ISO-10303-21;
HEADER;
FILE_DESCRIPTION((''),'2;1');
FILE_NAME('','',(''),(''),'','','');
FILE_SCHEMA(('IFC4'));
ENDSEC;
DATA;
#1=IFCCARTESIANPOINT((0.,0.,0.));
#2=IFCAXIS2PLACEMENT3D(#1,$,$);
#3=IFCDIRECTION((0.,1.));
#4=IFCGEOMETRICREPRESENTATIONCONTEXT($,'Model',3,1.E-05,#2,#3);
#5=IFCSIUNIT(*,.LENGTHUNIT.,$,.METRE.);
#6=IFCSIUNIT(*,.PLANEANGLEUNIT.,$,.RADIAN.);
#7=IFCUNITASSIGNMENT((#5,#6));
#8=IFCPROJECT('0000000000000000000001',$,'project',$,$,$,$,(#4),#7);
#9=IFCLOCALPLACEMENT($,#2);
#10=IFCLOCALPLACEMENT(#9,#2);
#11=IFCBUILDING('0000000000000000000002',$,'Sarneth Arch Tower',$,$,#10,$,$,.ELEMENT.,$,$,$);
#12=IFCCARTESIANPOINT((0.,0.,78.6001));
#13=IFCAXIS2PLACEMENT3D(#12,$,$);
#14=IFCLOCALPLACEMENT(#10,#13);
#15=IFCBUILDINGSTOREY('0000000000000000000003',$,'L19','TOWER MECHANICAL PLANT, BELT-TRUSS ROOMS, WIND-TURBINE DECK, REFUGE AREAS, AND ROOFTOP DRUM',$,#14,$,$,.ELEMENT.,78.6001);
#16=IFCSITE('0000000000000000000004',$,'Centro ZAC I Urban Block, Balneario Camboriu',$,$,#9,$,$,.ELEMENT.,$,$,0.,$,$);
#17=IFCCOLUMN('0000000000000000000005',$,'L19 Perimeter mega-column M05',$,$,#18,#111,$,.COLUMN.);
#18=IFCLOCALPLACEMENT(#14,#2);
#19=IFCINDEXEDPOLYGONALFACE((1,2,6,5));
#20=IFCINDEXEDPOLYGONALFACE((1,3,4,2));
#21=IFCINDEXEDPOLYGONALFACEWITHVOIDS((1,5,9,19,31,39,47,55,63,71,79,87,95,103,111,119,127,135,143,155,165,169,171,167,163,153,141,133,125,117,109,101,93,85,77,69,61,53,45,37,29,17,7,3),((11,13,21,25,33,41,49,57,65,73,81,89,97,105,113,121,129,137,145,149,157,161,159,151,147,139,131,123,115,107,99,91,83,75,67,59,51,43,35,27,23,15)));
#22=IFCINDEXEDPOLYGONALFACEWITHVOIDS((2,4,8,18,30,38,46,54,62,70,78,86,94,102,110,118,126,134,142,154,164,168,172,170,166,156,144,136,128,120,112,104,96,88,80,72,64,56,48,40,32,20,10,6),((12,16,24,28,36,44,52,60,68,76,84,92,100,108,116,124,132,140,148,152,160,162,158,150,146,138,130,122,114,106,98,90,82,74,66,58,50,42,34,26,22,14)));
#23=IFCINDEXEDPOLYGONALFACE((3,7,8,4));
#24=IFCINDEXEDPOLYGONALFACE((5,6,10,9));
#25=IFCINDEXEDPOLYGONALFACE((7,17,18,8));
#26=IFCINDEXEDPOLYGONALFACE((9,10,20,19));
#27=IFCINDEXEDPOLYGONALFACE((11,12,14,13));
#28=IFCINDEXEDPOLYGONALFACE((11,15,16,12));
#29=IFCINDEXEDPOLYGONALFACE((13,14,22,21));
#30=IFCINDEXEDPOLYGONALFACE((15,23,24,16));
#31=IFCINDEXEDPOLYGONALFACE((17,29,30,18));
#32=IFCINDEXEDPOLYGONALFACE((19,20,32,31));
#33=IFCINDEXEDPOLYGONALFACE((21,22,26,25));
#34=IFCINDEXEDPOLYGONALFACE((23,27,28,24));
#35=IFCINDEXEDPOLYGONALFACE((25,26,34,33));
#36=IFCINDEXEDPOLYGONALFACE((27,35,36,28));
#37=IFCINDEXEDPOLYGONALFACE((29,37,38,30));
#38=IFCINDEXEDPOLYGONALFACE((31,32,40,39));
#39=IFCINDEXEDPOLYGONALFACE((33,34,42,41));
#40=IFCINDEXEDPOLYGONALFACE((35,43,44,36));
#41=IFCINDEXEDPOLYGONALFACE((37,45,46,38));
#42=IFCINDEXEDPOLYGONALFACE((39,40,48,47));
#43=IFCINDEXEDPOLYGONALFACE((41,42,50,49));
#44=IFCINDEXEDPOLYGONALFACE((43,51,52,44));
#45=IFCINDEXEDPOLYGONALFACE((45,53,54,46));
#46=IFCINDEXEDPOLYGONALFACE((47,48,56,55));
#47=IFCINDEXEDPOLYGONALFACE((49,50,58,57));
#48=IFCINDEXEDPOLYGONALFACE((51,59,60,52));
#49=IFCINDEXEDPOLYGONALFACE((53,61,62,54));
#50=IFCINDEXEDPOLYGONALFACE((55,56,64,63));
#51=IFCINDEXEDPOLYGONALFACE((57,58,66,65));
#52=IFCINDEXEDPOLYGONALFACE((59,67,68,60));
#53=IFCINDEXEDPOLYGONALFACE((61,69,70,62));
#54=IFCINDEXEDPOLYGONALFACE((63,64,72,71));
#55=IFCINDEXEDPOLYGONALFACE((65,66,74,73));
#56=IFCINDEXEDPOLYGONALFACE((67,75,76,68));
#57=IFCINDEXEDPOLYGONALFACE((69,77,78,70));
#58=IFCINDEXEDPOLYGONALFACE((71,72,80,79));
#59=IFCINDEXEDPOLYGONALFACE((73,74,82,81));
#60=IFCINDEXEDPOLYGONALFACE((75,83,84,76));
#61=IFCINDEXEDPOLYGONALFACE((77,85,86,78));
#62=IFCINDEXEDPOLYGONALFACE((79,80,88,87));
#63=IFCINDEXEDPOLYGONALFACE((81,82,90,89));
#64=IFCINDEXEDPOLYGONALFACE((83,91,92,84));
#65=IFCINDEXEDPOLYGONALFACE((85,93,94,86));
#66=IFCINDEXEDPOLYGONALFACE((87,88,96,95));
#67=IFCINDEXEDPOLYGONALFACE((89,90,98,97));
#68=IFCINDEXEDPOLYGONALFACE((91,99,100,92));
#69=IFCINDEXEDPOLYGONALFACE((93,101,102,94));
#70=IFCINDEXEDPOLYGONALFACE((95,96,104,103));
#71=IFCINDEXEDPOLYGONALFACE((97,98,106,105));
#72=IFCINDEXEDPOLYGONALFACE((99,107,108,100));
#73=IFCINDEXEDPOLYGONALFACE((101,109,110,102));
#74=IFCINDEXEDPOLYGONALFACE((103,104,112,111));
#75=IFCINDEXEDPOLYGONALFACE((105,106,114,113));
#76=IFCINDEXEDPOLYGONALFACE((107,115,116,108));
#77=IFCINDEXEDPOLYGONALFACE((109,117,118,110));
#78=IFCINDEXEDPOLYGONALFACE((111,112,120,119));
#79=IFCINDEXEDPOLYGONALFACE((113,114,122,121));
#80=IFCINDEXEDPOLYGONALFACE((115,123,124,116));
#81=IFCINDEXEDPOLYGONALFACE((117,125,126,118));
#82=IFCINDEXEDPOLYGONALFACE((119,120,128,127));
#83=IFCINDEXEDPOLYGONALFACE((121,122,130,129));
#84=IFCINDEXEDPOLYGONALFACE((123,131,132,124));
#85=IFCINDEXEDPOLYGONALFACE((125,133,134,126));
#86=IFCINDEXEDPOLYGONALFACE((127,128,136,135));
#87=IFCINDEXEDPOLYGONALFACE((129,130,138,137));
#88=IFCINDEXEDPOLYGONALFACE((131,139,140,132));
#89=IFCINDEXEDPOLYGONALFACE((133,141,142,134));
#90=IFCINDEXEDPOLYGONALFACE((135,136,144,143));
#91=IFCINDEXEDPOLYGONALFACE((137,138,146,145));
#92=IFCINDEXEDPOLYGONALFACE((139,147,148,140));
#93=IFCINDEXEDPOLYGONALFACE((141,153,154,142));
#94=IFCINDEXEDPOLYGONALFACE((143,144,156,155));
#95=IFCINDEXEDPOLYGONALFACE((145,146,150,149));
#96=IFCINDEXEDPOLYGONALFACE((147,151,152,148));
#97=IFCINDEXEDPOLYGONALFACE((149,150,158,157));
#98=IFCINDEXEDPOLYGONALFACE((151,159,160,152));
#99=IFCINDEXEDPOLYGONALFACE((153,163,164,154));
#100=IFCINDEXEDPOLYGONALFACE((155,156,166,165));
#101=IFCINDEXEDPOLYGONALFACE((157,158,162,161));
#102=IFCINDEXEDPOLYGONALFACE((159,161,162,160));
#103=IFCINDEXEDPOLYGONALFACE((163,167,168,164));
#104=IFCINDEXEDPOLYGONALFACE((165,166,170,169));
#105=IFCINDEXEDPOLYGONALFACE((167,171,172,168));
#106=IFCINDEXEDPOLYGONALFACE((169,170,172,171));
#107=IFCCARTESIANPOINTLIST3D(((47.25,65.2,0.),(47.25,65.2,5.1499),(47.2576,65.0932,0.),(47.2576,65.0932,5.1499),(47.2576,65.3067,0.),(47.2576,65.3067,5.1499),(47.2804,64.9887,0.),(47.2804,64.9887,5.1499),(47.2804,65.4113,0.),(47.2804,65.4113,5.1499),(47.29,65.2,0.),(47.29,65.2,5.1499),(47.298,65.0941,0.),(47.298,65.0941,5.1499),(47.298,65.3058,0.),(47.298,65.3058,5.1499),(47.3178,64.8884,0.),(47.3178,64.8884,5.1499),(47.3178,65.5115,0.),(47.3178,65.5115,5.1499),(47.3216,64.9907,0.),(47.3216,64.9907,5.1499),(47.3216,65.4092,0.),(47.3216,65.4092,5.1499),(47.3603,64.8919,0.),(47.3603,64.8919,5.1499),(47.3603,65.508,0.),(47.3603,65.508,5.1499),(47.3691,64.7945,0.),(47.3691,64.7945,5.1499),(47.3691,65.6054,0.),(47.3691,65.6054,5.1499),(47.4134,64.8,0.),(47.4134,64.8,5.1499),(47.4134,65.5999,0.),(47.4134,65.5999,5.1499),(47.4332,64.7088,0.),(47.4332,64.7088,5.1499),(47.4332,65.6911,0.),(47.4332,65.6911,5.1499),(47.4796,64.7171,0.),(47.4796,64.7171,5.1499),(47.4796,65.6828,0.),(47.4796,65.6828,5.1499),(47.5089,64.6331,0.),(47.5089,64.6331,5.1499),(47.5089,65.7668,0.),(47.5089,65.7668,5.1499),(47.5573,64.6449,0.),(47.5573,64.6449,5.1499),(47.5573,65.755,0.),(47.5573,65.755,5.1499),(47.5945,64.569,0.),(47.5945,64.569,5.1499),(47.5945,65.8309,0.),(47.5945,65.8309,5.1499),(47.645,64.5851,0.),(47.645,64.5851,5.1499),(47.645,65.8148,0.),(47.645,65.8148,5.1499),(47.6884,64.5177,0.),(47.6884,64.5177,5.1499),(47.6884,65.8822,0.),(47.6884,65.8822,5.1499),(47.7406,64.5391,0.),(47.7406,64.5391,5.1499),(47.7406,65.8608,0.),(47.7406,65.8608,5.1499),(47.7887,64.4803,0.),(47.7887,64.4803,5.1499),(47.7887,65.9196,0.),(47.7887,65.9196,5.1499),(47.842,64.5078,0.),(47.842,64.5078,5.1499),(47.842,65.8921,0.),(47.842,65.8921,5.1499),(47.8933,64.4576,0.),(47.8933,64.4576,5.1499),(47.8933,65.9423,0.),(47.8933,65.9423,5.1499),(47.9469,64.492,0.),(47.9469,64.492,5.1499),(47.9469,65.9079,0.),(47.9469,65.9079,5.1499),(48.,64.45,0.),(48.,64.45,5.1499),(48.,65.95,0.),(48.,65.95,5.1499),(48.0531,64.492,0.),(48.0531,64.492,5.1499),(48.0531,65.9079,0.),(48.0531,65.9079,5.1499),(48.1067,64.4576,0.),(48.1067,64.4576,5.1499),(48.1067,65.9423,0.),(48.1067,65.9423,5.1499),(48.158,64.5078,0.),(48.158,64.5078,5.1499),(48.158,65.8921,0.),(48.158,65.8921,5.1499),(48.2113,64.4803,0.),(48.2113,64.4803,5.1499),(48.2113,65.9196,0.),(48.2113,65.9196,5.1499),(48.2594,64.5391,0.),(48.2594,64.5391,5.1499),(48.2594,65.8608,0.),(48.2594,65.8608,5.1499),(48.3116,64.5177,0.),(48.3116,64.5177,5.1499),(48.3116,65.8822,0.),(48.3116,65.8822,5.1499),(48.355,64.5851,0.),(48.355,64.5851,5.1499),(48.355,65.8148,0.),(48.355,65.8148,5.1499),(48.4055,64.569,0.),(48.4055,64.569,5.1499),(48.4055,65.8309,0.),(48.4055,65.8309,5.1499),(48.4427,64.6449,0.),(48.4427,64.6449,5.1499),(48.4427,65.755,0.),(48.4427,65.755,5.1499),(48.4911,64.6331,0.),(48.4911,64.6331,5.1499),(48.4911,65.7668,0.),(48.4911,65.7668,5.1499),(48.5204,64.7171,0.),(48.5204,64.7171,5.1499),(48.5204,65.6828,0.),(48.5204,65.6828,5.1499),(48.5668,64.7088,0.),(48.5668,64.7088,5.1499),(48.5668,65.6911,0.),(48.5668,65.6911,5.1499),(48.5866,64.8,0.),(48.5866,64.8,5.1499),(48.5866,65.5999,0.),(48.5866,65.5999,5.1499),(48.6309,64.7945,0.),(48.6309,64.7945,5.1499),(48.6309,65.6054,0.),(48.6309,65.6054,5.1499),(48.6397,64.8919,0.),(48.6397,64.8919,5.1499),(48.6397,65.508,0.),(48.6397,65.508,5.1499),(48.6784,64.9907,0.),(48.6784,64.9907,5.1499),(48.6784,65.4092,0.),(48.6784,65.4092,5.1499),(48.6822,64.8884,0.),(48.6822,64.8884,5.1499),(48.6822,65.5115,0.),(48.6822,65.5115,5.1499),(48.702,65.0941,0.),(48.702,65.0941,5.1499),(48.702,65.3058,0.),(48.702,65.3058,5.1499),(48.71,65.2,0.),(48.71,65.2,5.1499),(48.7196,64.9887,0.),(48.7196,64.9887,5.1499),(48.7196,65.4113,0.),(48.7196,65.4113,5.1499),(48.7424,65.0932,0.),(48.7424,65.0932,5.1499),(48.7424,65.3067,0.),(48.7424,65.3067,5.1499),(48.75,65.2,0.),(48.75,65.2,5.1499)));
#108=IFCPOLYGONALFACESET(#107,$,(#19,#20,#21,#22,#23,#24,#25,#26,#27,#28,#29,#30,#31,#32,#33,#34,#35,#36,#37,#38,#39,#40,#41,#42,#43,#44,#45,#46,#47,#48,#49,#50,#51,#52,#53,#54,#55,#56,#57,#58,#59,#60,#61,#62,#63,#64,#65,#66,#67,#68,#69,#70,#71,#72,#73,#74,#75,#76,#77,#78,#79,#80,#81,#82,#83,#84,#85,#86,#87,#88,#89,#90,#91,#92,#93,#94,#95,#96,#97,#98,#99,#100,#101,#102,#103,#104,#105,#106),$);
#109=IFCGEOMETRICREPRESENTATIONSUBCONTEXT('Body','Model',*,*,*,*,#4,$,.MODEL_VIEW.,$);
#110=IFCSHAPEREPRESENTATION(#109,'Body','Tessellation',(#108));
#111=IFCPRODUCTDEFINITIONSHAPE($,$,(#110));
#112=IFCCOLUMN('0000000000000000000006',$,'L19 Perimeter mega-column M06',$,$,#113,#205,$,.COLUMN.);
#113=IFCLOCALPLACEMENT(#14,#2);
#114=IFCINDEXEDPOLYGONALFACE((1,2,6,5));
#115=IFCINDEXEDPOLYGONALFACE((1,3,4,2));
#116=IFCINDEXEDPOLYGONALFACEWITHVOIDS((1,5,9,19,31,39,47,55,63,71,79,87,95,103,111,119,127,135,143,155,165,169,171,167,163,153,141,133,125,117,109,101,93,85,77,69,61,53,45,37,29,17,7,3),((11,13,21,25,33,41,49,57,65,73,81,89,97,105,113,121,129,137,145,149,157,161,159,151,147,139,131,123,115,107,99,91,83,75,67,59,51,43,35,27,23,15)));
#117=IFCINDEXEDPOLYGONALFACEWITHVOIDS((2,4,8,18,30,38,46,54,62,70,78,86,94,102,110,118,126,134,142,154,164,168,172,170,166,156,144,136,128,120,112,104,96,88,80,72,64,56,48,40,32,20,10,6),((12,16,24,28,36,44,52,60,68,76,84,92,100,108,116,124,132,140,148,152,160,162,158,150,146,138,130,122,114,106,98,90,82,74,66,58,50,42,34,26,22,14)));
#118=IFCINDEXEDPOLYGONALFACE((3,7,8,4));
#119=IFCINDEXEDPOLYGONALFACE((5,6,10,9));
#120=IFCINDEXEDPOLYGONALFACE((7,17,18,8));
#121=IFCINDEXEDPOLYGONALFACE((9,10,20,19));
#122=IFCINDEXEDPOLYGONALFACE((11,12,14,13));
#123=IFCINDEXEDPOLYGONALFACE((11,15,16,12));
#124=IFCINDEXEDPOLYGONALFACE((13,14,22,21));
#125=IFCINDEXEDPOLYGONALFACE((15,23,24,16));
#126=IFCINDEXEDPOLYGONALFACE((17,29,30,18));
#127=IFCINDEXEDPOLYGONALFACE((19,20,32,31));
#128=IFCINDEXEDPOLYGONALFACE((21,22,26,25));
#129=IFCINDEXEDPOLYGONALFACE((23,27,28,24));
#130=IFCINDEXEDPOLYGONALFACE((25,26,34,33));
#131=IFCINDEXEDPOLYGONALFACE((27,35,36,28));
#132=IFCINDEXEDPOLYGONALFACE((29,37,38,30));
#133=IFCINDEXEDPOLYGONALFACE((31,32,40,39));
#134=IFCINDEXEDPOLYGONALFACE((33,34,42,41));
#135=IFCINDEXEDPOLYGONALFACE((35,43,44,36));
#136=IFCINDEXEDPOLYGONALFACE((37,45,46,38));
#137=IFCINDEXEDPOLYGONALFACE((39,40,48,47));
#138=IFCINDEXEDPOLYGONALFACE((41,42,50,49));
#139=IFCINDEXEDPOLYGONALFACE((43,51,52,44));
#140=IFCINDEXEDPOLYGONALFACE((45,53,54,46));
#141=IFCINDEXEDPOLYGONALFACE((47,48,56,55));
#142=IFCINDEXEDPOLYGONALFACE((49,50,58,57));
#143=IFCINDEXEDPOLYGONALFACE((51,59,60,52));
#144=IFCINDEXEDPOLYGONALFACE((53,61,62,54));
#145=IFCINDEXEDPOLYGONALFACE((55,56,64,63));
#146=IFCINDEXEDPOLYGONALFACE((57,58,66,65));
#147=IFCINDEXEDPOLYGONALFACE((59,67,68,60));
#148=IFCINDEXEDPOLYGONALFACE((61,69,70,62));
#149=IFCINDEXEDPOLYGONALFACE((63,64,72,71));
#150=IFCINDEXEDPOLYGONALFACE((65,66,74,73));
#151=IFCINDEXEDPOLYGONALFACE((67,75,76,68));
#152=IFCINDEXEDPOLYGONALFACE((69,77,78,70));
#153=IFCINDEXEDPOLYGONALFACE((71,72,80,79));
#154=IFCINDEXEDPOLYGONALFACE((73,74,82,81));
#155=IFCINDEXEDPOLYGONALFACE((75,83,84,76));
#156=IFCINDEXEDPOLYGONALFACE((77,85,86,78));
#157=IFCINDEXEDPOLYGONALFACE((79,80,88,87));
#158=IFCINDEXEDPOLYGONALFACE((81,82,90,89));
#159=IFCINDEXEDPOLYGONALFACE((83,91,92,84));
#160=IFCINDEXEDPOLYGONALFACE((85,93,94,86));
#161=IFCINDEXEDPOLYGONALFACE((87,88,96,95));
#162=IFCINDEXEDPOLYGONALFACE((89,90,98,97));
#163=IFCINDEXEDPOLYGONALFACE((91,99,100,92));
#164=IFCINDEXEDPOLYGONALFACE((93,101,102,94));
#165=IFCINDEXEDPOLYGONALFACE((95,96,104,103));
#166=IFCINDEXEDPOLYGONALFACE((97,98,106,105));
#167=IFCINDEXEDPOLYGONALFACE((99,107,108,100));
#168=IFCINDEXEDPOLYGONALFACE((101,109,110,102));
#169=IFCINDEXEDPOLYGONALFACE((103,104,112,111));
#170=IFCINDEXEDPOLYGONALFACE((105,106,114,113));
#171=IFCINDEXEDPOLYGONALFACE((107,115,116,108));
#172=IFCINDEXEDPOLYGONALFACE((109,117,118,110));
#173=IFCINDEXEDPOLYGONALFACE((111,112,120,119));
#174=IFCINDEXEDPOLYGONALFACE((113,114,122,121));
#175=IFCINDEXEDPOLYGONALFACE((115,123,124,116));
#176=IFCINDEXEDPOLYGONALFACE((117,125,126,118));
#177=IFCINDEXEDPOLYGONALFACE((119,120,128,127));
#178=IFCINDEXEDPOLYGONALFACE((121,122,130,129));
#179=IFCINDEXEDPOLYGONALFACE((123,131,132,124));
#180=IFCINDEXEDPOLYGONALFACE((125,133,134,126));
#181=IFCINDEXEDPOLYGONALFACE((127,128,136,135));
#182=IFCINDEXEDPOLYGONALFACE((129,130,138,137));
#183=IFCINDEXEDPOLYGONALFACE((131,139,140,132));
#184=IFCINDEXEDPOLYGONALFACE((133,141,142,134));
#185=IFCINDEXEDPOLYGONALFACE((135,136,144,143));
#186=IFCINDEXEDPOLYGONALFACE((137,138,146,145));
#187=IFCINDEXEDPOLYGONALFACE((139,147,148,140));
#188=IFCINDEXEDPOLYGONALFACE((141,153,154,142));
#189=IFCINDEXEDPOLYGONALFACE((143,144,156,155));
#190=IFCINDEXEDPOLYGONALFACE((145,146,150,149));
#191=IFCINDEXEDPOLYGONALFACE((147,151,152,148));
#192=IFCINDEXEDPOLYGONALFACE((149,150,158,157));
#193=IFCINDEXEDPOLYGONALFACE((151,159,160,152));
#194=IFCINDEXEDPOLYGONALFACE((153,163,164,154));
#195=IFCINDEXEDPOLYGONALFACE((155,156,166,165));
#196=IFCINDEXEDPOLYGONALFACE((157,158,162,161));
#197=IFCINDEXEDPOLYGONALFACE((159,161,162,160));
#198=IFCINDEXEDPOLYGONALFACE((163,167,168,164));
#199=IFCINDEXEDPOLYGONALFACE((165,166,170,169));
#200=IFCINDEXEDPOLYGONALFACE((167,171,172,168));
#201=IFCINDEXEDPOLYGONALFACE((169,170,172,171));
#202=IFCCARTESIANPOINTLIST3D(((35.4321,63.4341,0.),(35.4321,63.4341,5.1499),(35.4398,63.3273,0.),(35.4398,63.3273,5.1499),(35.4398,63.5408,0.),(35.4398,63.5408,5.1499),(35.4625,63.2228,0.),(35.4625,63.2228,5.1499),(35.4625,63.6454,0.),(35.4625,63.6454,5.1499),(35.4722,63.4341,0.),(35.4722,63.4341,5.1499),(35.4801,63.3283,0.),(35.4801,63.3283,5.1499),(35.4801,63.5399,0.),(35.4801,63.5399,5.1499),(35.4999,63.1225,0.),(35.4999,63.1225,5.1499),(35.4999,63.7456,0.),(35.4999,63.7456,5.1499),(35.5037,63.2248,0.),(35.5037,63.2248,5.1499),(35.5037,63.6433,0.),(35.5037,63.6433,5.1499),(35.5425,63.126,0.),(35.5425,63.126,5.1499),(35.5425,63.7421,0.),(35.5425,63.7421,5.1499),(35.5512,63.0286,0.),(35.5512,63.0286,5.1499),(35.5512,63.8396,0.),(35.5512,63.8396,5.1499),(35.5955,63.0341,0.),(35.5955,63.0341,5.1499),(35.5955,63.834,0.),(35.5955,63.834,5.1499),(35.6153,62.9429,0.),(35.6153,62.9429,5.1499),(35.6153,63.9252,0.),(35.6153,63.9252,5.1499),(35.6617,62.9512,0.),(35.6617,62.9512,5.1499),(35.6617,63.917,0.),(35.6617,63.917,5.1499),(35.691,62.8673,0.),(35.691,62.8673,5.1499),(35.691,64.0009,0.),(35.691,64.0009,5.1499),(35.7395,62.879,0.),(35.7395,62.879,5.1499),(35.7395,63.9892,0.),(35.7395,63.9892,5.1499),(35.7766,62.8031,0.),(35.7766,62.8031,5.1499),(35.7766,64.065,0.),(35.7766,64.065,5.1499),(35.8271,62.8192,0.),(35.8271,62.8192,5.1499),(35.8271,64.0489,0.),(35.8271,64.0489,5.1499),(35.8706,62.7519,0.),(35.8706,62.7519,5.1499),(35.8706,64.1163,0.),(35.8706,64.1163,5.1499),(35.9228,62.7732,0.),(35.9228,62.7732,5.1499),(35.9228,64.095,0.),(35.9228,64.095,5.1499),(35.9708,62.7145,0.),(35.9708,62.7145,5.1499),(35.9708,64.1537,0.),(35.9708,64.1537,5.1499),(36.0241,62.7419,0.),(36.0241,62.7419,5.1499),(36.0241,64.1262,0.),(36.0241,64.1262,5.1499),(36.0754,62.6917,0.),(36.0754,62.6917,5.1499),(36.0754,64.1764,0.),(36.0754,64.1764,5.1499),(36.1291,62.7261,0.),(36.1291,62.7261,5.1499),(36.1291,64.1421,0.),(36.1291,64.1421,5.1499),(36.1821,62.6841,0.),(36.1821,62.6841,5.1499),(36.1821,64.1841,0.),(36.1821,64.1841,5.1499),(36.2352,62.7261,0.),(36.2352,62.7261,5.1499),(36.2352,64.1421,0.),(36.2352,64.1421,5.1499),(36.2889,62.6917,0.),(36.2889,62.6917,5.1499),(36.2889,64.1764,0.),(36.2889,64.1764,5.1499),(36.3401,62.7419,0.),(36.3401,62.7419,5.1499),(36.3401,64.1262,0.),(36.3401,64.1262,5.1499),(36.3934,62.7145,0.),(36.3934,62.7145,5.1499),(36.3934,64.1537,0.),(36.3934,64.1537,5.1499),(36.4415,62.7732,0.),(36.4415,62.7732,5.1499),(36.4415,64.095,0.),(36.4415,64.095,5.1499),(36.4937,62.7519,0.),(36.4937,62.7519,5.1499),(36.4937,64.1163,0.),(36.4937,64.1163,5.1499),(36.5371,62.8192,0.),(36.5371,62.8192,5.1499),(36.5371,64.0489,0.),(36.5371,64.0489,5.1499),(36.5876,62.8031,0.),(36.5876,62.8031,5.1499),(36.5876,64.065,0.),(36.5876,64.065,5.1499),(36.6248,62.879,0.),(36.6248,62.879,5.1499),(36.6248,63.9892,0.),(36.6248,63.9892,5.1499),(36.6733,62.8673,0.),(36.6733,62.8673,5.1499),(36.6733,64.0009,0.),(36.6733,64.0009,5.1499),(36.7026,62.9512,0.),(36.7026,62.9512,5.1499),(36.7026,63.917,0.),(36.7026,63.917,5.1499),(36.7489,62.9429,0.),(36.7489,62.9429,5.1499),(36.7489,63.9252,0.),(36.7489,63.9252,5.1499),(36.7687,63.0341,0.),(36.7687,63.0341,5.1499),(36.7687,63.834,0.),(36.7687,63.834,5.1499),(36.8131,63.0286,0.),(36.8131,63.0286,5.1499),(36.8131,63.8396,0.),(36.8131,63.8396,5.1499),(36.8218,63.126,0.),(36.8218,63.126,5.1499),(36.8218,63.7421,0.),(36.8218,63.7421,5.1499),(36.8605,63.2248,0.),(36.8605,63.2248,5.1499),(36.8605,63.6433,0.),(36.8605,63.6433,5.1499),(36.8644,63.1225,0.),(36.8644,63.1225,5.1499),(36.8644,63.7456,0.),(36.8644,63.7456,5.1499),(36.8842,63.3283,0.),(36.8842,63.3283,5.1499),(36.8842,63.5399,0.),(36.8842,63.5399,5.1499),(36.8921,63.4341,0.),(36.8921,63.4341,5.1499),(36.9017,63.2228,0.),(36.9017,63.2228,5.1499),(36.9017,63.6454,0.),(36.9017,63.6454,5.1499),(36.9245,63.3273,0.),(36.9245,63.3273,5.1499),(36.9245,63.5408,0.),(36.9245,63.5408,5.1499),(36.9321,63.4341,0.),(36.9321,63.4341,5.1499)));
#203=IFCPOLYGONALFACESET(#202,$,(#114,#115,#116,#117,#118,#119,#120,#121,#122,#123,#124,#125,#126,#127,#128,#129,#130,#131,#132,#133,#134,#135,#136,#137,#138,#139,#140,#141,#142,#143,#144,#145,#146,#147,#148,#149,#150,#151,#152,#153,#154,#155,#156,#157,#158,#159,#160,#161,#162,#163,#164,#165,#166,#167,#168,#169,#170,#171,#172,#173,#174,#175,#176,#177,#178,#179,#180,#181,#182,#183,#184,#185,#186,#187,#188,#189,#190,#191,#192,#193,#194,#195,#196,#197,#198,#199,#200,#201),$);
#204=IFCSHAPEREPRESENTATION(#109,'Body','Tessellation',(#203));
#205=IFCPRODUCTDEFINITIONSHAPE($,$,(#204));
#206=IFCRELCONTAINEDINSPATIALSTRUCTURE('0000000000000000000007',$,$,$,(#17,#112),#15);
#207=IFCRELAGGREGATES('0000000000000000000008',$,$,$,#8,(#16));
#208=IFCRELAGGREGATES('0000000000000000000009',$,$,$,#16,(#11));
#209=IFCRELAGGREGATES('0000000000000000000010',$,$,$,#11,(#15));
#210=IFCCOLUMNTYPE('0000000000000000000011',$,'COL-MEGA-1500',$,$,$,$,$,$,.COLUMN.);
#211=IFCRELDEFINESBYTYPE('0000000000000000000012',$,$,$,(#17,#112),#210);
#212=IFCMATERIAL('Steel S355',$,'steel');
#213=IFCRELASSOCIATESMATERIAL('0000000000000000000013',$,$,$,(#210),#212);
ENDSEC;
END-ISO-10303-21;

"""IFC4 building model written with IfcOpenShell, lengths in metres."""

from ifc_helpers import new_model, si_unit, direction, frame, origin, origin_2d, place, context, subcontext, project, spatial, hollow_circle, extrude, material, material_profile, profile_set, type_object, element, save


model = new_model("IFC4")

# Units and contexts
model_context = context("Model", 3, precision=1e-05, world=origin(), true_north=direction((0.0, 1.0)))
body_context = subcontext(model_context, "Body", "Model", "MODEL_VIEW")
ifc_project = project(units=[si_unit("LENGTHUNIT", "METRE"), si_unit("PLANEANGLEUNIT", "RADIAN")], contexts=[model_context])

# Site, building, storey
site_placement = place(None, origin())
site = spatial("IfcSite", under=ifc_project, at=site_placement, Name="Centro ZAC I Urban Block, Balneario Camboriu", CompositionType="ELEMENT", RefElevation=0.0)
building_placement = place(site_placement, origin())
building = spatial("IfcBuilding", under=site, at=building_placement, Name="Sarneth Arch Tower", CompositionType="ELEMENT")
storey_placement = place(building_placement, frame((0.0, 0.0, 78.6001)))
storey = spatial("IfcBuildingStorey", under=building, at=storey_placement, Name="L19", Description="TOWER MECHANICAL PLANT, BELT-TRUSS ROOMS, WIND-TURBINE DECK, REFUGE AREAS, AND ROOFTOP DRUM", CompositionType="ELEMENT", Elevation=78.6001)

# Columns
ifc_material_1 = material(Name="Steel S355", Category="steel")
ifc_material_profile_1 = material_profile(ifc_material_1, hollow_circle(Radius=0.75, WallThickness=0.04, at=origin_2d()), Name="CHS1500x40")
ifc_profile_set_1 = profile_set([ifc_material_profile_1], Name="Steel S355")
column_type = type_object("IfcColumnType", Name="COL-MEGA-1500", PredefinedType="COLUMN", material=ifc_profile_set_1)
for number, where, z_axis, x_axis, name in (
    (1, (48.0, 65.2, 0.0), (0.0, 0.0, 1.0), (1.0, 0.0, 0.0), "L19 Perimeter mega-column M05"),
    (2, (36.1821, 63.4341, 0.0), (0.0, 0.0, 1.0), (1.0, 0.0, 0.0), "L19 Perimeter mega-column M06"),
):
    element("IfcColumn", number, at=place(storey_placement, frame(where, z_axis=z_axis, x_axis=x_axis)), inside=storey, type_object=column_type, Name=name, PredefinedType="COLUMN", context=body_context, shape_type="SweptSolid", body=[
        extrude(hollow_circle(Radius=0.75, WallThickness=0.04, at=origin_2d()), origin(), (0.0, 0.0, 1.0), 5.1499),
    ])

save(model, "model.ifc")
